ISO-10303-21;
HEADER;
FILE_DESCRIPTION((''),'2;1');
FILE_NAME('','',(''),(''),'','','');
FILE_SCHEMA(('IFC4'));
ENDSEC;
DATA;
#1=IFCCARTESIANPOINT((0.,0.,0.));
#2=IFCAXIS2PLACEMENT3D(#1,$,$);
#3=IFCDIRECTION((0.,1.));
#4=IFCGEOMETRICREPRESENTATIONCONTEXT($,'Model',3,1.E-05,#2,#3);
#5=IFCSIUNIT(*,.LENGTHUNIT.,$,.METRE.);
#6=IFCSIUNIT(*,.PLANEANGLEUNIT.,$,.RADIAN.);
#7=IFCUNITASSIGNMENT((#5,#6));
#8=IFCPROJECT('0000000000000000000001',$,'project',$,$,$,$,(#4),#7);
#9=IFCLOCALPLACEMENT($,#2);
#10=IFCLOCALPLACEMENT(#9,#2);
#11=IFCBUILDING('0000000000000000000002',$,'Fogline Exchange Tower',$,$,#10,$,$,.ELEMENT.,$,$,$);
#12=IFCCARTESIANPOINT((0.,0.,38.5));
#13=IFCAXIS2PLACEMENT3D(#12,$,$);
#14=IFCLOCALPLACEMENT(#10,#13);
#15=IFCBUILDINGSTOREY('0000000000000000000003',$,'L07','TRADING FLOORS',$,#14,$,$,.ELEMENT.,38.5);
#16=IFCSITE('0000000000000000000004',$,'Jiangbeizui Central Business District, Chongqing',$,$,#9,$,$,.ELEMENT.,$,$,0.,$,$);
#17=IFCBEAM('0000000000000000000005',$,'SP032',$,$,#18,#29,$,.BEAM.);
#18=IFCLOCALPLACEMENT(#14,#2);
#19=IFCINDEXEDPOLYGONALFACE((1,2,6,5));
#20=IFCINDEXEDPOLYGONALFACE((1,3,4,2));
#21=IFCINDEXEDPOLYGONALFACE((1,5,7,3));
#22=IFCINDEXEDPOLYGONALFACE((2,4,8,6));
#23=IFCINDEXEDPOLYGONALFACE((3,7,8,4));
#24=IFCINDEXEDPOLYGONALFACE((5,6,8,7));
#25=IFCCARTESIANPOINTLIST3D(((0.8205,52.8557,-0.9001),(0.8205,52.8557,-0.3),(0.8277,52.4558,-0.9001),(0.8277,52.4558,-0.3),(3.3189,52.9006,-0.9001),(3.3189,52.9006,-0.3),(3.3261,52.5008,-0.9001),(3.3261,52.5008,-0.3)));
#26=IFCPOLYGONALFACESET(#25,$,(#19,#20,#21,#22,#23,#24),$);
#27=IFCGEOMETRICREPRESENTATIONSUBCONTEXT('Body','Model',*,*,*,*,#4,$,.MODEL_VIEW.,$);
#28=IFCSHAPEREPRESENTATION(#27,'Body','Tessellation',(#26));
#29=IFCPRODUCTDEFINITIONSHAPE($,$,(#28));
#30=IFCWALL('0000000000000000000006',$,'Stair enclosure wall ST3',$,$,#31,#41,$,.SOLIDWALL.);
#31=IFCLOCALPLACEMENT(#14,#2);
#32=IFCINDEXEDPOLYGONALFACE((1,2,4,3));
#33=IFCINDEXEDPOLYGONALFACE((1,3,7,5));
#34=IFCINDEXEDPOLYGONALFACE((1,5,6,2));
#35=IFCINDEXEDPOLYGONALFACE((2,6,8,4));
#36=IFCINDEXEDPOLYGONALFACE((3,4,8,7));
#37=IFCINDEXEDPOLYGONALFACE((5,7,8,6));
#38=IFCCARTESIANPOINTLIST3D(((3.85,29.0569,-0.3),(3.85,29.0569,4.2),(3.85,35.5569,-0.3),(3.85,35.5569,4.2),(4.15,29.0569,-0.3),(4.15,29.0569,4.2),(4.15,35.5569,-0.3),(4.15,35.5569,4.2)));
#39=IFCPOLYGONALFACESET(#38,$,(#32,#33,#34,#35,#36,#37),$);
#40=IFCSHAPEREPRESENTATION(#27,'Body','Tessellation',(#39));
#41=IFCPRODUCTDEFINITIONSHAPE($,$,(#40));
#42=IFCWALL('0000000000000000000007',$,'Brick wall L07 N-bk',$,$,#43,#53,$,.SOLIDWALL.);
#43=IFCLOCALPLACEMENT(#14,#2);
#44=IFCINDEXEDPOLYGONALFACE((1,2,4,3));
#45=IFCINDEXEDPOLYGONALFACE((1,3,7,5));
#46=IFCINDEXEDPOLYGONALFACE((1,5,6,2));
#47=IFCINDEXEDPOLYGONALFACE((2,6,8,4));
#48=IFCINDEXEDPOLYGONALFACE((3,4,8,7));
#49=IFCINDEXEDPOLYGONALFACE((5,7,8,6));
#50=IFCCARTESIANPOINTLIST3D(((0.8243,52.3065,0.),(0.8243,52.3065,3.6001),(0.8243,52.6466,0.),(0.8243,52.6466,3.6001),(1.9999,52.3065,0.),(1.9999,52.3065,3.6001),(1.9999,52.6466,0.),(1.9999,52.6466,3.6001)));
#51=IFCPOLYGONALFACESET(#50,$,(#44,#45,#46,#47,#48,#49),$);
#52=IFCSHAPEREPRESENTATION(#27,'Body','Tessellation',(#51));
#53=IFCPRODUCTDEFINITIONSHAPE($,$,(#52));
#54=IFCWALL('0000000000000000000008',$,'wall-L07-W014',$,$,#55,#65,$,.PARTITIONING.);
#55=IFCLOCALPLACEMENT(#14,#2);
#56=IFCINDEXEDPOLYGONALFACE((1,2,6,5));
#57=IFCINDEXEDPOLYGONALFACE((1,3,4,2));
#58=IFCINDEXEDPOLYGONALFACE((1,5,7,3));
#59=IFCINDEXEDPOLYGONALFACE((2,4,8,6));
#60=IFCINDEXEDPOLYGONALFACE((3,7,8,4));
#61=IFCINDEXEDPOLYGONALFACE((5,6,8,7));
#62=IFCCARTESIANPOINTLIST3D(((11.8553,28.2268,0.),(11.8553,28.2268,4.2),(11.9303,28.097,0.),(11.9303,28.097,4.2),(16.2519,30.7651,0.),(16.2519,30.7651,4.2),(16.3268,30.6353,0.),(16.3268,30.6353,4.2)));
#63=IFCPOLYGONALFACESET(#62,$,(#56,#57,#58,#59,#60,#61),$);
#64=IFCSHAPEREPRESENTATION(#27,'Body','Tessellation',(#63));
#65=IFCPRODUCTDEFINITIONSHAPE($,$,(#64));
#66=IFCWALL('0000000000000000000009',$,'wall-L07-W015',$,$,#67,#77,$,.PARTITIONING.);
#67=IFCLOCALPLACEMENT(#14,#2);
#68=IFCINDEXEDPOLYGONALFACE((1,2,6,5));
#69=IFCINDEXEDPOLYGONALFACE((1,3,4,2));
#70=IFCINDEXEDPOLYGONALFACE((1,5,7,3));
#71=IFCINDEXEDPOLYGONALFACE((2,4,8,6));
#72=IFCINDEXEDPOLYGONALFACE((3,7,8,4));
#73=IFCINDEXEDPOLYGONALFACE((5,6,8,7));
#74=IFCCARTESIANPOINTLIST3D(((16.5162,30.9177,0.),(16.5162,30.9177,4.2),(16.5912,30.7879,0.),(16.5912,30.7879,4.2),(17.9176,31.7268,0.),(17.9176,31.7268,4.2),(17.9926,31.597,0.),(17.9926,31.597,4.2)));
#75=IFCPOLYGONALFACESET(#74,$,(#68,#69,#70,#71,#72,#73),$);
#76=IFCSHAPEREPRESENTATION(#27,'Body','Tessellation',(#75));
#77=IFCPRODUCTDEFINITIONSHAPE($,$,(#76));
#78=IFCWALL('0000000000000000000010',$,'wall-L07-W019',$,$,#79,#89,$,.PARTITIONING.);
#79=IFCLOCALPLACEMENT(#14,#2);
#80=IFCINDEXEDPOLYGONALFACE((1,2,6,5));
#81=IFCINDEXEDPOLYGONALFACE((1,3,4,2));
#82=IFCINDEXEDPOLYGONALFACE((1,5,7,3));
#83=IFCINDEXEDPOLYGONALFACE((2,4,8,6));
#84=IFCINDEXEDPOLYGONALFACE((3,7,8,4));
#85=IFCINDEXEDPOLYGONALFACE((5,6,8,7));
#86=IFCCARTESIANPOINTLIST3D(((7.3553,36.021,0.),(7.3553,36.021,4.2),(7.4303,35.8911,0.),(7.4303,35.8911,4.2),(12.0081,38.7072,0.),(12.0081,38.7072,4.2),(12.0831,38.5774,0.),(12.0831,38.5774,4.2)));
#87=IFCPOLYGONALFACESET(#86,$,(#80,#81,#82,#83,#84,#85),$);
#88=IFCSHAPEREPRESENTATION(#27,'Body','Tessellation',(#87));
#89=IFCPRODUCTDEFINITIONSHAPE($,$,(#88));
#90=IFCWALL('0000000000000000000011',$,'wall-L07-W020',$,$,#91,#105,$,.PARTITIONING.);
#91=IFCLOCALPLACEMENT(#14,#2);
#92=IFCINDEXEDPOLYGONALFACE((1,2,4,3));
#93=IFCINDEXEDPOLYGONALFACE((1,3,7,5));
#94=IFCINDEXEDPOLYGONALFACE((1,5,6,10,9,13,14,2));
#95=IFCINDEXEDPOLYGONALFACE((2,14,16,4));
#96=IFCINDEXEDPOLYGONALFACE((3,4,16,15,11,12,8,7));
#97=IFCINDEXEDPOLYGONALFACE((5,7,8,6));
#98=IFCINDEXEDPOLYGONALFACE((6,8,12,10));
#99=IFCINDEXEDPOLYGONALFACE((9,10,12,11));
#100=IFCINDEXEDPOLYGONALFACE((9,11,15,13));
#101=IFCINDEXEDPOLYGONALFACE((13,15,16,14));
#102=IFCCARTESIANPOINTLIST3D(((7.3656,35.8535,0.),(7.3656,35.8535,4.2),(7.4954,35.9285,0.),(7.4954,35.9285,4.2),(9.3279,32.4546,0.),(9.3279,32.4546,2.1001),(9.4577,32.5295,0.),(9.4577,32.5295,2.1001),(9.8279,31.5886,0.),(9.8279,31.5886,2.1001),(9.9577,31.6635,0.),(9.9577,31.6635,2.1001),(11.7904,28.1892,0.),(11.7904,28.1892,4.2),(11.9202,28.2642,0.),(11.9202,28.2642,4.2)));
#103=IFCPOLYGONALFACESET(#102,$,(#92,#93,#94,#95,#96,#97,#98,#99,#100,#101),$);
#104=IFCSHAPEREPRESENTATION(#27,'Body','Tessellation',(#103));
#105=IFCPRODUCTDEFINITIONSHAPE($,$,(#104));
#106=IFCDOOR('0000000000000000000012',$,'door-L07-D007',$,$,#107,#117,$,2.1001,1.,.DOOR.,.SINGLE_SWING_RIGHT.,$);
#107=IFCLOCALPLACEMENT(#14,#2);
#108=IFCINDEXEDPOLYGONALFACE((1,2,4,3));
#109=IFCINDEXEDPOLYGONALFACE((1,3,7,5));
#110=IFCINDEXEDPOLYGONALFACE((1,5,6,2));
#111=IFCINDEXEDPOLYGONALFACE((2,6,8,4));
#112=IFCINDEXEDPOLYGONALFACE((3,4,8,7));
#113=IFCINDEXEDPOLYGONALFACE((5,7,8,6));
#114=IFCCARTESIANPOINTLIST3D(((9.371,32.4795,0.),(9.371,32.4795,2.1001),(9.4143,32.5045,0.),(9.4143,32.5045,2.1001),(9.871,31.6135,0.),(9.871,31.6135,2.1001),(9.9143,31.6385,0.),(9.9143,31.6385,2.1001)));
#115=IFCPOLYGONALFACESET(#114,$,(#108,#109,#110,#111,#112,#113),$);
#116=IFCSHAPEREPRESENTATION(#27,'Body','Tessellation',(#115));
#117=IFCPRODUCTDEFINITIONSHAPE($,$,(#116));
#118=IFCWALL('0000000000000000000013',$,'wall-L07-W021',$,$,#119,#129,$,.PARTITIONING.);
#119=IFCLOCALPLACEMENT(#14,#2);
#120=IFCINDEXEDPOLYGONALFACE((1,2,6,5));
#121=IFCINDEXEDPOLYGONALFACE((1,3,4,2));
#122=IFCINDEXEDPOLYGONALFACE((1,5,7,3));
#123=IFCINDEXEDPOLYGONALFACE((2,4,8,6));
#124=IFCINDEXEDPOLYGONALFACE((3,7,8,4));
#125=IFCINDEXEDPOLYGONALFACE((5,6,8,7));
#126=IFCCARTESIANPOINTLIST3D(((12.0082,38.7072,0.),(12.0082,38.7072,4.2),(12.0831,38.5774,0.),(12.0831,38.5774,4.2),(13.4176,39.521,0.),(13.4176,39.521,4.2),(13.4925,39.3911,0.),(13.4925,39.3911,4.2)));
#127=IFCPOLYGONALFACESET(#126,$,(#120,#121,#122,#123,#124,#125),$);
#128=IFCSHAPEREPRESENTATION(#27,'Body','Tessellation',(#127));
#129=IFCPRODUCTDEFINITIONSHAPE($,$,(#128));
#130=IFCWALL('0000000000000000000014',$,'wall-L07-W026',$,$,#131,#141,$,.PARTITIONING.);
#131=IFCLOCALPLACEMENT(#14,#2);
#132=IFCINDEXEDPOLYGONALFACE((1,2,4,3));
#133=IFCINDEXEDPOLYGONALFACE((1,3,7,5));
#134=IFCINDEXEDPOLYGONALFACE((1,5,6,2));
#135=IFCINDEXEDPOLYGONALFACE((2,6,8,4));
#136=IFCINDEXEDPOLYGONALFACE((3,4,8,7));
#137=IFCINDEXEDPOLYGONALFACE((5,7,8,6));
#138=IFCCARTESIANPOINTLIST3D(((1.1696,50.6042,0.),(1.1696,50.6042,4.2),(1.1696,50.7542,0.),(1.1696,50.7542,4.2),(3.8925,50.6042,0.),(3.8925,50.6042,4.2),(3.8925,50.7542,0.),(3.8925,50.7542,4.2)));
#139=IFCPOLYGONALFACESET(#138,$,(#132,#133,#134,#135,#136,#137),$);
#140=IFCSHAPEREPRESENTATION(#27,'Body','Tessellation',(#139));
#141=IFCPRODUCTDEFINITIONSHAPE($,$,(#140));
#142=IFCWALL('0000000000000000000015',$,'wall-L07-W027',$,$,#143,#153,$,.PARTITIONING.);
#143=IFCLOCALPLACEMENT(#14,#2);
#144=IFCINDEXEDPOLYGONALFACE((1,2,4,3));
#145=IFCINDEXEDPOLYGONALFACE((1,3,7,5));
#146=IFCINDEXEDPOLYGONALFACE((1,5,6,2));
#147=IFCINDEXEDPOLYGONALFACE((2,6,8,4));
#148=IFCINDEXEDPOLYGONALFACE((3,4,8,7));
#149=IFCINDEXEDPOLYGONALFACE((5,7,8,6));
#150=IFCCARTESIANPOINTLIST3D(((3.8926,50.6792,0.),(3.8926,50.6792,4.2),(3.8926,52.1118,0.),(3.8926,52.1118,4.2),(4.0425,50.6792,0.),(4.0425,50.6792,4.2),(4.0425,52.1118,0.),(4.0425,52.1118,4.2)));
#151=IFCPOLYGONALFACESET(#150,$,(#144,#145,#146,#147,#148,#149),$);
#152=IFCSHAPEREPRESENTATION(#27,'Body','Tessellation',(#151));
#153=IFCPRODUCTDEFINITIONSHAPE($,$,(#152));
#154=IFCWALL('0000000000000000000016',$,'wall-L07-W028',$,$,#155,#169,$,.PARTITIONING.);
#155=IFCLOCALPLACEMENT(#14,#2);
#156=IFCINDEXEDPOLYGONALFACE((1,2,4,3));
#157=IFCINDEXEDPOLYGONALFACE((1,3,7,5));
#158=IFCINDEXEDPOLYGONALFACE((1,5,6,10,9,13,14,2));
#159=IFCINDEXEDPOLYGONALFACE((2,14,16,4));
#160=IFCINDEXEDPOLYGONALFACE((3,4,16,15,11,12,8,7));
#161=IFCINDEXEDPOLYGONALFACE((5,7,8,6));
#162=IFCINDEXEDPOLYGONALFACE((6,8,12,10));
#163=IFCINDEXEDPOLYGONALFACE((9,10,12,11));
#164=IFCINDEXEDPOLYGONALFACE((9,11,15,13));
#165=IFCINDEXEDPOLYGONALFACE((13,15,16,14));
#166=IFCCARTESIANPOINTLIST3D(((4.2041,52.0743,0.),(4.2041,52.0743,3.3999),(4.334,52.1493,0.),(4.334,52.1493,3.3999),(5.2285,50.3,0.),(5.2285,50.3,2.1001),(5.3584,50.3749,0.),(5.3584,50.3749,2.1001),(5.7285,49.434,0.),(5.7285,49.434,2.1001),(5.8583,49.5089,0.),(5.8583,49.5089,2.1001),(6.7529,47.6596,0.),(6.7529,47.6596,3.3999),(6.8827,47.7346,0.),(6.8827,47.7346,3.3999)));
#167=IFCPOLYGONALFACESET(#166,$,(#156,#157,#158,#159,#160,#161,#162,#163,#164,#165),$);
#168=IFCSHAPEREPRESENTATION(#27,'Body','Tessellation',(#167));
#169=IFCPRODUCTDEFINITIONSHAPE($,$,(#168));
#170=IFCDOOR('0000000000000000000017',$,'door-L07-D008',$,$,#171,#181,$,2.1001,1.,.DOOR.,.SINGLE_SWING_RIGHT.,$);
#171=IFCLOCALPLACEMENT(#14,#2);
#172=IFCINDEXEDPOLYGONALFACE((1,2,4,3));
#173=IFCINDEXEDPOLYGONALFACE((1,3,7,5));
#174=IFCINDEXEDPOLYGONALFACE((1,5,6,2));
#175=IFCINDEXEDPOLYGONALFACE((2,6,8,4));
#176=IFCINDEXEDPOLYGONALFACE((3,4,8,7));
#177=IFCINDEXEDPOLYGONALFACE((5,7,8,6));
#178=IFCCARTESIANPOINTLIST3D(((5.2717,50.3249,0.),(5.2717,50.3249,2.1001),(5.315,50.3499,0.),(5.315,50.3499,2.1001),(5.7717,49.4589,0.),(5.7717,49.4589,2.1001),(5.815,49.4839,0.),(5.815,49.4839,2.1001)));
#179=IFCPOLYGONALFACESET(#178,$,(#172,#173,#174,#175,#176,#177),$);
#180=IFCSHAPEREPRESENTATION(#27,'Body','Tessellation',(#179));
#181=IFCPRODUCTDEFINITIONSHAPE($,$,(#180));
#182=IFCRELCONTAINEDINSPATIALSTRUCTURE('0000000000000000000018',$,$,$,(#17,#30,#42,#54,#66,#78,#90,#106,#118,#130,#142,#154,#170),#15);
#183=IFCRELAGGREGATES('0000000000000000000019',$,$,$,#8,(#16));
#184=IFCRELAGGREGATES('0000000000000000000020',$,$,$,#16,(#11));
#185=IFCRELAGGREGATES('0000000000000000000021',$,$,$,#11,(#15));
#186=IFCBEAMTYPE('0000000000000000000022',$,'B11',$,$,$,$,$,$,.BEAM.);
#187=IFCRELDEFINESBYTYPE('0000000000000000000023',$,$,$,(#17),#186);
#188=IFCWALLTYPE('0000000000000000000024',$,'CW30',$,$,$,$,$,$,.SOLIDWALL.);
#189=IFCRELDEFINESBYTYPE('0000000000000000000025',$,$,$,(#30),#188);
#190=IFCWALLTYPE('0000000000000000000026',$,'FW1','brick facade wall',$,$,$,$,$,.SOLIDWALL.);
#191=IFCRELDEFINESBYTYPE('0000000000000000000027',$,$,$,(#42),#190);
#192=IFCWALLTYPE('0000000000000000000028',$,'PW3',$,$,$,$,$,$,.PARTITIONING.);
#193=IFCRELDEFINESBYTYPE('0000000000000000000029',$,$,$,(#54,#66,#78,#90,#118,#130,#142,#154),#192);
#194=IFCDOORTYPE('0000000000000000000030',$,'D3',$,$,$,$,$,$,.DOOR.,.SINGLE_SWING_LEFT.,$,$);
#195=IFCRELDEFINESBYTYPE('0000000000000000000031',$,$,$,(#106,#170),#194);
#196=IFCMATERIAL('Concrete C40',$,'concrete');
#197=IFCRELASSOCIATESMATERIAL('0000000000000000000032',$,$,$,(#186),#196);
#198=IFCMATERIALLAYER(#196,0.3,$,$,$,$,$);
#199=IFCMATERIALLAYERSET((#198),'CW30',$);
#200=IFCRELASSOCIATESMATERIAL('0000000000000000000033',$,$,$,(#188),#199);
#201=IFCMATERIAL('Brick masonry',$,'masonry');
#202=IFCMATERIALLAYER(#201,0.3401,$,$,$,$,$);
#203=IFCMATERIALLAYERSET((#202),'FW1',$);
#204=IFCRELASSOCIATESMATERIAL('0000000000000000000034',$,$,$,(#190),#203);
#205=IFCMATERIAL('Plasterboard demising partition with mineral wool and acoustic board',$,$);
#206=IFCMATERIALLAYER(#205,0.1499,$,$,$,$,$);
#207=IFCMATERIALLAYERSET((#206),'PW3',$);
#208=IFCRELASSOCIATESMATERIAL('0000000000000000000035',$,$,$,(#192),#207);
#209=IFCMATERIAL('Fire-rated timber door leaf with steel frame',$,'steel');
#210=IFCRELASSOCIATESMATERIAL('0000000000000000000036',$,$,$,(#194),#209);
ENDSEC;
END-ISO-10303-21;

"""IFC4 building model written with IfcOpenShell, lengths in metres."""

from ifc_helpers import new_model, si_unit, direction, frame, frame_2d, origin, origin_2d, place, context, subcontext, project, spatial, rectangle, extrude, material, layer, layer_set, material_profile, profile_set, type_object, element, fill, save


model = new_model("IFC4")

# Units and contexts
model_context = context("Model", 3, precision=1e-05, world=origin(), true_north=direction((0.0, 1.0)))
body_context = subcontext(model_context, "Body", "Model", "MODEL_VIEW")
ifc_project = project(units=[si_unit("LENGTHUNIT", "METRE"), si_unit("PLANEANGLEUNIT", "RADIAN")], contexts=[model_context])

# Site, building, storey
site_placement = place(None, origin())
site = spatial("IfcSite", under=ifc_project, at=site_placement, Name="Jiangbeizui Central Business District, Chongqing", CompositionType="ELEMENT", RefElevation=0.0)
building_placement = place(site_placement, origin())
building = spatial("IfcBuilding", under=site, at=building_placement, Name="Fogline Exchange Tower", CompositionType="ELEMENT")
storey_placement = place(building_placement, frame((0.0, 0.0, 38.5)))
storey = spatial("IfcBuildingStorey", under=building, at=storey_placement, Name="L07", Description="TRADING FLOORS", CompositionType="ELEMENT", Elevation=38.5)

# Beam
ifc_material_1 = material(Name="Concrete C40", Category="concrete")
ifc_material_profile_1 = material_profile(ifc_material_1, rectangle(XDim=0.3999, YDim=0.6001, at=origin_2d()), Name="RC 400x600")
ifc_profile_set_1 = profile_set([ifc_material_profile_1], Name="Concrete C40")
beam_type_1 = type_object("IfcBeamType", Name="B11", PredefinedType="BEAM", material=ifc_profile_set_1)
beam_1_placement = place(storey_placement, frame((3.3225, 52.7007, -0.6001), z_axis=(-0.999838, -0.017978, 0.0), x_axis=(0.017978, -0.999838, 0.0)))
element("IfcBeam", 1, at=beam_1_placement, inside=storey, type_object=beam_type_1, Name="SP032", PredefinedType="BEAM", context=body_context, shape_type="SweptSolid", body=[
    extrude(rectangle(XDim=0.3999, YDim=0.6001, at=origin_2d()), origin(), (0.0, 0.0, 1.0), 2.4988),
])

# Walls
ifc_layer_1 = layer(ifc_material_1, 0.3)
ifc_layer_set_1 = layer_set([ifc_layer_1], Name="CW30")
wall_type_1 = type_object("IfcWallType", Name="CW30", PredefinedType="SOLIDWALL", material=ifc_layer_set_1)
wall_1_placement = place(storey_placement, frame((4.0, 29.0569, -0.3), z_axis=(0.0, 0.0, 1.0), x_axis=(0.0, 1.0, 0.0)))
element("IfcWall", 2, at=wall_1_placement, inside=storey, type_object=wall_type_1, Name="Stair enclosure wall ST3", PredefinedType="SOLIDWALL", context=body_context, shape_type="SweptSolid", body=[
    extrude(rectangle(XDim=6.5, YDim=0.3, at=frame_2d((3.25, 0.0))), origin(), (0.0, 0.0, 1.0), 4.5),
])
ifc_material_2 = material(Name="Brick masonry", Category="masonry")
ifc_layer_2 = layer(ifc_material_2, 0.3401)
ifc_layer_set_2 = layer_set([ifc_layer_2], Name="FW1")
wall_type_2 = type_object("IfcWallType", Name="FW1", Description="brick facade wall", PredefinedType="SOLIDWALL", material=ifc_layer_set_2)
wall_2_placement = place(storey_placement, frame((2.0, 52.4766, 0.0), z_axis=(0.0, 0.0, 1.0), x_axis=(-1.0, 0.0, 0.0)))
element("IfcWall", 3, at=wall_2_placement, inside=storey, type_object=wall_type_2, Name="Brick wall L07 N-bk", PredefinedType="SOLIDWALL", context=body_context, shape_type="SweptSolid", body=[
    extrude(rectangle(XDim=1.1755, YDim=0.3401, at=frame_2d((0.5879, 0.0))), origin(), (0.0, 0.0, 1.0), 3.6001),
])

# Walls
ifc_material_3 = material(Name="Plasterboard demising partition with mineral wool and acoustic board")
ifc_layer_3 = layer(ifc_material_3, 0.1499)
ifc_layer_set_3 = layer_set([ifc_layer_3], Name="PW3")
wall_type_3 = type_object("IfcWallType", Name="PW3", PredefinedType="PARTITIONING", material=ifc_layer_set_3)
wall_3_placement = place(storey_placement, frame((11.8928, 28.1619, 0.0), z_axis=(0.0, 0.0, 1.0), x_axis=(0.866024, 0.500003, 0.0)))
element("IfcWall", 4, at=wall_3_placement, inside=storey, type_object=wall_type_3, Name="wall-L07-W014", PredefinedType="PARTITIONING", context=body_context, shape_type="SweptSolid", body=[
    extrude(rectangle(XDim=5.0767, YDim=0.1499, at=frame_2d((2.5383, 0.0))), origin(), (0.0, 0.0, 1.0), 4.2),
])
wall_4_placement = place(storey_placement, frame((16.5537, 30.8528, 0.0), z_axis=(0.0, 0.0, 1.0), x_axis=(0.866025, 0.500001, 0.0)))
element("IfcWall", 5, at=wall_4_placement, inside=storey, type_object=wall_type_3, Name="wall-L07-W015", PredefinedType="PARTITIONING", context=body_context, shape_type="SweptSolid", body=[
    extrude(rectangle(XDim=1.6182, YDim=0.1499, at=frame_2d((0.8091, 0.0))), origin(), (0.0, 0.0, 1.0), 4.2),
])
wall_5_placement = place(storey_placement, frame((7.3928, 35.9561, 0.0), z_axis=(0.0, 0.0, 1.0), x_axis=(0.866028, 0.499995, 0.0)))
element("IfcWall", 6, at=wall_5_placement, inside=storey, type_object=wall_type_3, Name="wall-L07-W019", PredefinedType="PARTITIONING", context=body_context, shape_type="SweptSolid", body=[
    extrude(rectangle(XDim=5.3726, YDim=0.1499, at=frame_2d((2.6863, 0.0))), origin(), (0.0, 0.0, 1.0), 4.2),
])

# Wall, opening, door
wall_6_placement = place(storey_placement, frame((11.8552, 28.2268, 0.0), z_axis=(0.0, 0.0, 1.0), x_axis=(-0.499984, 0.866034, 0.0)))
wall_6 = element("IfcWall", 7, at=wall_6_placement, inside=storey, type_object=wall_type_3, Name="wall-L07-W020", PredefinedType="PARTITIONING", context=body_context, shape_type="SweptSolid", body=[
    extrude(rectangle(XDim=8.8499, YDim=0.1499, at=frame_2d((4.4248, 0.0))), origin(), (0.0, 0.0, 1.0), 4.2),
])
opening_1_placement = place(wall_6_placement, frame((3.925, 0.0, 0.0)))
opening_1 = element("IfcOpeningElement", 8, at=opening_1_placement, cuts=wall_6, PredefinedType="OPENING", context=body_context, shape_type="SweptSolid", body=[
    extrude(rectangle(XDim=1.0, YDim=2.1001, at=frame_2d((0.5, 1.05))), frame((0.0, 0.085, 0.0), z_axis=(0.0, -1.0, 0.0), x_axis=(1.0, 0.0, 0.0)), (0.0, 0.0, 1.0), 0.1699),
])
ifc_material_4 = material(Name="Fire-rated timber door leaf with steel frame", Category="steel")
door_type_1 = type_object("IfcDoorType", Name="D3", OperationType="SINGLE_SWING_LEFT", PredefinedType="DOOR", material=ifc_material_4)
door_1_placement = place(opening_1_placement, frame((1.0, 0.0, 0.0), z_axis=(0.0, 0.0, 1.0), x_axis=(-1.0, 0.0, 0.0)))
door_1 = element("IfcDoor", 9, at=door_1_placement, inside=storey, type_object=door_type_1, Name="door-L07-D007", OperationType="SINGLE_SWING_RIGHT", OverallHeight=2.1001, OverallWidth=1.0, PredefinedType="DOOR", context=body_context, shape_type="SweptSolid", body=[
    extrude(rectangle(XDim=1.0, YDim=2.1001, at=frame_2d((0.5, 1.05))), frame((0.0, 0.0249, 0.0), z_axis=(0.0, -1.0, 0.0), x_axis=(1.0, 0.0, 0.0)), (0.0, 0.0, 1.0), 0.05),
])
fill(opening_1, door_1)

# Walls
wall_7_placement = place(storey_placement, frame((12.0457, 38.6423, 0.0), z_axis=(0.0, 0.0, 1.0), x_axis=(0.866028, 0.499995, 0.0)))
element("IfcWall", 10, at=wall_7_placement, inside=storey, type_object=wall_type_3, Name="wall-L07-W021", PredefinedType="PARTITIONING", context=body_context, shape_type="SweptSolid", body=[
    extrude(rectangle(XDim=1.6274, YDim=0.1499, at=frame_2d((0.8137, 0.0))), origin(), (0.0, 0.0, 1.0), 4.2),
])
wall_8_placement = place(storey_placement, frame((1.1697, 50.6792, 0.0), z_axis=(0.0, 0.0, 1.0), x_axis=(1.0, 0.0, 0.0)))
element("IfcWall", 11, at=wall_8_placement, inside=storey, type_object=wall_type_3, Name="wall-L07-W026", PredefinedType="PARTITIONING", context=body_context, shape_type="SweptSolid", body=[
    extrude(rectangle(XDim=2.7229, YDim=0.1499, at=frame_2d((1.3613, 0.0))), origin(), (0.0, 0.0, 1.0), 4.2),
])
wall_9_placement = place(storey_placement, frame((3.9675, 50.6792, 0.0), z_axis=(0.0, 0.0, 1.0), x_axis=(0.0, 1.0, 0.0)))
element("IfcWall", 12, at=wall_9_placement, inside=storey, type_object=wall_type_3, Name="wall-L07-W027", PredefinedType="PARTITIONING", context=body_context, shape_type="SweptSolid", body=[
    extrude(rectangle(XDim=1.4326, YDim=0.1499, at=frame_2d((0.7163, 0.0))), origin(), (0.0, 0.0, 1.0), 4.2),
])

# Wall, opening, door
wall_10_placement = place(storey_placement, frame((4.269, 52.1118, 0.0), z_axis=(0.0, 0.0, 1.0), x_axis=(0.499992, -0.86603, 0.0)))
wall_10 = element("IfcWall", 13, at=wall_10_placement, inside=storey, type_object=wall_type_3, Name="wall-L07-W028", PredefinedType="PARTITIONING", context=body_context, shape_type="SweptSolid", body=[
    extrude(rectangle(XDim=5.0977, YDim=0.1499, at=frame_2d((2.5488, 0.0))), origin(), (0.0, 0.0, 1.0), 3.3999),
])
opening_2_placement = place(wall_10_placement, frame((2.0488, 0.0, 0.0)))
opening_2 = element("IfcOpeningElement", 14, at=opening_2_placement, cuts=wall_10, PredefinedType="OPENING", context=body_context, shape_type="SweptSolid", body=[
    extrude(rectangle(XDim=1.0, YDim=2.1001, at=frame_2d((0.5, 1.05))), frame((0.0, 0.085, 0.0), z_axis=(0.0, -1.0, 0.0), x_axis=(1.0, 0.0, 0.0)), (0.0, 0.0, 1.0), 0.1699),
])
door_2_placement = place(opening_2_placement, origin())
door_2 = element("IfcDoor", 15, at=door_2_placement, inside=storey, type_object=door_type_1, Name="door-L07-D008", OperationType="SINGLE_SWING_RIGHT", OverallHeight=2.1001, OverallWidth=1.0, PredefinedType="DOOR", context=body_context, shape_type="SweptSolid", body=[
    extrude(rectangle(XDim=1.0, YDim=2.1001, at=frame_2d((0.5, 1.05))), frame((0.0, 0.0249, 0.0), z_axis=(0.0, -1.0, 0.0), x_axis=(1.0, 0.0, 0.0)), (0.0, 0.0, 1.0), 0.05),
])
fill(opening_2, door_2)

save(model, "model.ifc")
